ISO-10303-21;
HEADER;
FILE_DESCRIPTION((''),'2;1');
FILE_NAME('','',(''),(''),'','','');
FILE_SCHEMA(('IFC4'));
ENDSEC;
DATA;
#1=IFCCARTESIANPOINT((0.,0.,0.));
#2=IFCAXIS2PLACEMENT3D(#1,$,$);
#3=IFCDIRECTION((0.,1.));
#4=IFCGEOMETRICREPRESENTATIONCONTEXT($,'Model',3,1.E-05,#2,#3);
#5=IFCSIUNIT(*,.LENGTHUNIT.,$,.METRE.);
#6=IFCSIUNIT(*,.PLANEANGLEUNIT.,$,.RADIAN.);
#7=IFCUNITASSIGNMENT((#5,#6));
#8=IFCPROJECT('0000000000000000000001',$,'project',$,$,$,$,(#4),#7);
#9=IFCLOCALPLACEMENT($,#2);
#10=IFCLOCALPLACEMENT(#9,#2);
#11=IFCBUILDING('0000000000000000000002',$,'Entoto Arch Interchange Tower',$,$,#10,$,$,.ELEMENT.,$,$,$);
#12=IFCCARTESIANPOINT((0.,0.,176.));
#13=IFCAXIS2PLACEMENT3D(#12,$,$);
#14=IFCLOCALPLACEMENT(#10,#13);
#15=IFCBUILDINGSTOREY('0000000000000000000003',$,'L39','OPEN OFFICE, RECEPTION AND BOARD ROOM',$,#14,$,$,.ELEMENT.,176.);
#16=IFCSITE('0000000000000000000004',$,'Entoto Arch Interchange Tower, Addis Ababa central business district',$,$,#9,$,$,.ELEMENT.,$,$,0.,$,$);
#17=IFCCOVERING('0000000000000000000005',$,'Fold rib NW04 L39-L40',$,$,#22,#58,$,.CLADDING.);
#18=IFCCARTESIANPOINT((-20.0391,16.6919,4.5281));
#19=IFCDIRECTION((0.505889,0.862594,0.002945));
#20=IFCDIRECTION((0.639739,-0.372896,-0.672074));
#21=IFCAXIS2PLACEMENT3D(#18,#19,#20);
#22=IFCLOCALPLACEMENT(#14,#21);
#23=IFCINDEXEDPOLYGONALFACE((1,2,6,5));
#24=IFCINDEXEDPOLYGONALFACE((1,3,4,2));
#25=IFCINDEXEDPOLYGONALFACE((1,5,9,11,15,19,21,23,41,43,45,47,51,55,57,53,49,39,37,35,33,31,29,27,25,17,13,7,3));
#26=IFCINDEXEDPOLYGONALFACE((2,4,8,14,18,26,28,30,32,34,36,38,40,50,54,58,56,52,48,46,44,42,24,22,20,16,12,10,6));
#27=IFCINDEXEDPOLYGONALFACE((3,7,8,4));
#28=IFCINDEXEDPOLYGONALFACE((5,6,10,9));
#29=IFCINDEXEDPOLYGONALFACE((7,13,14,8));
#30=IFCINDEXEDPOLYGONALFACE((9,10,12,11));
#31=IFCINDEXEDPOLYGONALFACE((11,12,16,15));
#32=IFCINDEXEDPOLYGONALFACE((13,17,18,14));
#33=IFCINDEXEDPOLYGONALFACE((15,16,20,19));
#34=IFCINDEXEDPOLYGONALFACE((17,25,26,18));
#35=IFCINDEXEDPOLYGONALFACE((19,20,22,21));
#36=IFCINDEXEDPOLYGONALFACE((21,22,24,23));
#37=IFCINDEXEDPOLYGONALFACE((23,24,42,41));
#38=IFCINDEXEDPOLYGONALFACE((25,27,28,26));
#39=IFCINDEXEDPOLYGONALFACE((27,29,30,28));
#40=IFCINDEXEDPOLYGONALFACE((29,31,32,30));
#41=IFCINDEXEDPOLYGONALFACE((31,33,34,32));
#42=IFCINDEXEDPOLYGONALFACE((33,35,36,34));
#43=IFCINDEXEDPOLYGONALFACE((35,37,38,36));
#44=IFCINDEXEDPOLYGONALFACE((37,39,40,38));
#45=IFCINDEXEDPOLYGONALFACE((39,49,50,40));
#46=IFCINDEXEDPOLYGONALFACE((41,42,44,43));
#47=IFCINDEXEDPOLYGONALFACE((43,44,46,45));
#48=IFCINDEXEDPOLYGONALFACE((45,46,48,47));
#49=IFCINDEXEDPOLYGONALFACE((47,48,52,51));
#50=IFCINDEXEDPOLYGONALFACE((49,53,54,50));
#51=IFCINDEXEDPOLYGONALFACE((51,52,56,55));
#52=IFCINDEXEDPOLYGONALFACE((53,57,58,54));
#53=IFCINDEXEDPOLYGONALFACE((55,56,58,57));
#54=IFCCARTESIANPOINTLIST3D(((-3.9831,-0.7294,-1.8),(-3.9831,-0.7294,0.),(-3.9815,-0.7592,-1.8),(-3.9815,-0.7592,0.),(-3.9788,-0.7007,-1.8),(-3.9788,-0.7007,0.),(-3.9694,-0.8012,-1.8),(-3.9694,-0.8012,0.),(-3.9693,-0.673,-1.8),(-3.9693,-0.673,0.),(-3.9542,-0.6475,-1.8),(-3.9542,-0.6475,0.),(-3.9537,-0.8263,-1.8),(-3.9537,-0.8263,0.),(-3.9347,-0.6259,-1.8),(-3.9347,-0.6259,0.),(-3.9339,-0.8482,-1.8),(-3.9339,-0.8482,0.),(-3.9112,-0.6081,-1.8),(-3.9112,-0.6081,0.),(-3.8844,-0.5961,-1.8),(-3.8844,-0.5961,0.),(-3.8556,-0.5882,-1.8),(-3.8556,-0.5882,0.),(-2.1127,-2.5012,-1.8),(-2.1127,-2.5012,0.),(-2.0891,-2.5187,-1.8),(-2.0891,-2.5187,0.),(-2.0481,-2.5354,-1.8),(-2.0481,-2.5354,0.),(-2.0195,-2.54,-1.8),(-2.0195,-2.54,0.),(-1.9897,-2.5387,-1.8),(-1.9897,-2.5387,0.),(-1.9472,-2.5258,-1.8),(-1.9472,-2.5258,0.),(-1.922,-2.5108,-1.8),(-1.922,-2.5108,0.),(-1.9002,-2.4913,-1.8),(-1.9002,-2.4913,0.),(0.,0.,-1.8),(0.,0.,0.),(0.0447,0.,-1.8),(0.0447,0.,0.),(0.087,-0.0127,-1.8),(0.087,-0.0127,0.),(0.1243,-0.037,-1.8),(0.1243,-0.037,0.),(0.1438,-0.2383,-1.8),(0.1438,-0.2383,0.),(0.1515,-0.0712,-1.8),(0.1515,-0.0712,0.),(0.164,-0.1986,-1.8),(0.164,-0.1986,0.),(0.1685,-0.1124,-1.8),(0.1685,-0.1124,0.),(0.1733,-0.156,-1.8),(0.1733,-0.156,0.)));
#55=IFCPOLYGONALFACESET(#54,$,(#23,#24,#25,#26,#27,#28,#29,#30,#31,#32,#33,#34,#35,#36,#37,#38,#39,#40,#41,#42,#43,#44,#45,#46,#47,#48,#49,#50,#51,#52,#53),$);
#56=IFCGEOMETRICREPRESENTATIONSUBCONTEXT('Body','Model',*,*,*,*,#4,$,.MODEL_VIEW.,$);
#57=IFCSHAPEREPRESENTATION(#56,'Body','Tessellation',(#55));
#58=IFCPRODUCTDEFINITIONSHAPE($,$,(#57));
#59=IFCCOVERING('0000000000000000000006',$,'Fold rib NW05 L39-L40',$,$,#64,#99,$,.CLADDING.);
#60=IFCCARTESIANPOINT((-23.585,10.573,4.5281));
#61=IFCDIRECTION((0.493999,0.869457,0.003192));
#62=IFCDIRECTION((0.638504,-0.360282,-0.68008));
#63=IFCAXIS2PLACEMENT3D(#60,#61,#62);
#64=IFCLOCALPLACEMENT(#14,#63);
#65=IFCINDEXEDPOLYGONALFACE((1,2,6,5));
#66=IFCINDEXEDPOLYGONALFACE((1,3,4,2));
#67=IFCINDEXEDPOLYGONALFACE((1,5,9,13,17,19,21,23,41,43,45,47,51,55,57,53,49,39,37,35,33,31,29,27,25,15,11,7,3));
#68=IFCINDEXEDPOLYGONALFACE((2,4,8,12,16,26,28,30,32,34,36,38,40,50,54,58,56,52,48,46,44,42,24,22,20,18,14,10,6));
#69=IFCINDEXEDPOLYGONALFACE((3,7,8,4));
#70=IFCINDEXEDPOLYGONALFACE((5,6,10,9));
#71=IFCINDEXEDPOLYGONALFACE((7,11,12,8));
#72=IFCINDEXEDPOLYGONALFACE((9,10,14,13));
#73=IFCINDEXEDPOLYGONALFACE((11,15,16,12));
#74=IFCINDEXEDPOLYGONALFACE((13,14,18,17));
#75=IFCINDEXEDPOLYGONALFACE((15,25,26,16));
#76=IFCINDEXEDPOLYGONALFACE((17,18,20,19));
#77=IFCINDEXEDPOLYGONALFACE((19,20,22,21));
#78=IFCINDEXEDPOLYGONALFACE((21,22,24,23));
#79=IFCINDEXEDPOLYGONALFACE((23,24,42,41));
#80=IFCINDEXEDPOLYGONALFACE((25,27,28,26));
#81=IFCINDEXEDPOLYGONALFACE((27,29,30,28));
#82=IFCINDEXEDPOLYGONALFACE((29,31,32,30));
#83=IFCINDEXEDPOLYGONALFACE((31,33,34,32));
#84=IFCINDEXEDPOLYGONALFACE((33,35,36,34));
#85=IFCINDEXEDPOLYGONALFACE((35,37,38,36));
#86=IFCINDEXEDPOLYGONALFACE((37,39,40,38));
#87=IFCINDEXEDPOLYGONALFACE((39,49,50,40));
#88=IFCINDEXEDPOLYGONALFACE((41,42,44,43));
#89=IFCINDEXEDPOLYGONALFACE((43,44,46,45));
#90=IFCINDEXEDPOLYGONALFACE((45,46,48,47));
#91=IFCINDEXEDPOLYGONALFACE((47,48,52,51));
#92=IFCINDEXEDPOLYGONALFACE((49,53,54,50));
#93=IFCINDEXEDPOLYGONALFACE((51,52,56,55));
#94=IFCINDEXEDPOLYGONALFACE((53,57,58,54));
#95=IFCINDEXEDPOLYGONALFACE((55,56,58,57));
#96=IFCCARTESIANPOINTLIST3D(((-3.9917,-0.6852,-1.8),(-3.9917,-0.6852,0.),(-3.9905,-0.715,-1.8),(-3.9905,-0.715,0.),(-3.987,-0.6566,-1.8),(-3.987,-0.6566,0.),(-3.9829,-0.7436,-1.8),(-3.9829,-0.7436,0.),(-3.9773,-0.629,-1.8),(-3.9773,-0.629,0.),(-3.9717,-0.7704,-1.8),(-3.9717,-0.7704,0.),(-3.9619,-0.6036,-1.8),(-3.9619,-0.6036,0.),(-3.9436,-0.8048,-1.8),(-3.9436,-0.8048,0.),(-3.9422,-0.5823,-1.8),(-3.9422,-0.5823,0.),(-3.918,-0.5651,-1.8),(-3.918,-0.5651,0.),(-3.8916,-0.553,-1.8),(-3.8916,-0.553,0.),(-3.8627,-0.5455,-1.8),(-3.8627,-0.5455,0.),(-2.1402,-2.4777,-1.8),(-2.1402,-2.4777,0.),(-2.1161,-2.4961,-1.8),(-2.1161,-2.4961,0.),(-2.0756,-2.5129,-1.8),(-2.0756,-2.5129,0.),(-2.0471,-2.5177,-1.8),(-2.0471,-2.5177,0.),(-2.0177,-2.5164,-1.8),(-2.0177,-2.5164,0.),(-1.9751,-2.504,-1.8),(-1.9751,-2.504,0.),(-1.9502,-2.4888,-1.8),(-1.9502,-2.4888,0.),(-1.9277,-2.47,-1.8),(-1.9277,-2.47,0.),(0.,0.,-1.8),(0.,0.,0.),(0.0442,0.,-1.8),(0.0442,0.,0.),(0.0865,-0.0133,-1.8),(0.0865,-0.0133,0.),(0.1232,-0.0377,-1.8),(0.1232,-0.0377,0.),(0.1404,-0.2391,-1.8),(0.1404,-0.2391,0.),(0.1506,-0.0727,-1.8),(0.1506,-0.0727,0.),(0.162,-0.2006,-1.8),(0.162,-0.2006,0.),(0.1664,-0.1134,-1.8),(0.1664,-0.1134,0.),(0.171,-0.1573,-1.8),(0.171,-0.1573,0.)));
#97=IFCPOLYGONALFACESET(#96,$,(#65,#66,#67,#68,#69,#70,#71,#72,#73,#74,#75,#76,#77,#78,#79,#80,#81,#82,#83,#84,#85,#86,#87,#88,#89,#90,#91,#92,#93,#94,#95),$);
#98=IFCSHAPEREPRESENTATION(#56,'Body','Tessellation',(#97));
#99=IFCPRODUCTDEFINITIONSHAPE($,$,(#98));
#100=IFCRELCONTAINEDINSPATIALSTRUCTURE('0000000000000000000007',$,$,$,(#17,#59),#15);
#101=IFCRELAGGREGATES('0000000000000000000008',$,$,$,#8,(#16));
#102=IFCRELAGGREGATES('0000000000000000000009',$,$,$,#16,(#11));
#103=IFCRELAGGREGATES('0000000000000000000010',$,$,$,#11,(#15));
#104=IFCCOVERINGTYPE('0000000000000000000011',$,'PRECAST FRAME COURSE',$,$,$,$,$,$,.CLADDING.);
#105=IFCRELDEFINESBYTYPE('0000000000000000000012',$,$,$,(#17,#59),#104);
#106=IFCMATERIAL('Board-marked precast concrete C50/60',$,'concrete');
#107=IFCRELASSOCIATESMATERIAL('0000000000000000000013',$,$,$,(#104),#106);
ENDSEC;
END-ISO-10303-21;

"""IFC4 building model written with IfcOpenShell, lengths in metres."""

from ifc_helpers import new_model, si_unit, direction, frame, origin, place, context, subcontext, project, spatial, polyline, outline, extrude, material, type_object, element, save


model = new_model("IFC4")

# Units and contexts
model_context = context("Model", 3, precision=1e-05, world=origin(), true_north=direction((0.0, 1.0)))
body_context = subcontext(model_context, "Body", "Model", "MODEL_VIEW")
ifc_project = project(units=[si_unit("LENGTHUNIT", "METRE"), si_unit("PLANEANGLEUNIT", "RADIAN")], contexts=[model_context])

# Site, building, storey
site_placement = place(None, origin())
site = spatial("IfcSite", under=ifc_project, at=site_placement, Name="Entoto Arch Interchange Tower, Addis Ababa central business district", CompositionType="ELEMENT", RefElevation=0.0)
building_placement = place(site_placement, origin())
building = spatial("IfcBuilding", under=site, at=building_placement, Name="Entoto Arch Interchange Tower", CompositionType="ELEMENT")
storey_placement = place(building_placement, frame((0.0, 0.0, 176.0)))
storey = spatial("IfcBuildingStorey", under=building, at=storey_placement, Name="L39", Description="OPEN OFFICE, RECEPTION AND BOARD ROOM", CompositionType="ELEMENT", Elevation=176.0)

# Coverings
ifc_material_1 = material(Name="Board-marked precast concrete C50/60", Category="concrete")
covering_type = type_object("IfcCoveringType", Name="PRECAST FRAME COURSE", PredefinedType="CLADDING", material=ifc_material_1)
covering_1_placement = place(storey_placement, frame((-20.0391, 16.6919, 4.5281), z_axis=(0.505889, 0.862594, 0.002945), x_axis=(0.639739, -0.372896, -0.672074)))
element("IfcCovering", 1, at=covering_1_placement, inside=storey, type_object=covering_type, Name="Fold rib NW04 L39-L40", PredefinedType="CLADDING", context=body_context, shape_type="SweptSolid", body=[
    extrude(outline(polyline([(0.0, 0.0), (0.0447, 0.0), (0.087, -0.0127), (0.1243, -0.037), (0.1515, -0.0712), (0.1685, -0.1124), (0.1733, -0.156), (0.164, -0.1986), (0.1438, -0.2383), (-1.9002, -2.4913), (-1.922, -2.5108), (-1.9472, -2.5258), (-1.9897, -2.5387), (-2.0195, -2.54), (-2.0481, -2.5354), (-2.0891, -2.5187), (-2.1127, -2.5012), (-3.9339, -0.8482), (-3.9537, -0.8263), (-3.9694, -0.8012), (-3.9815, -0.7592), (-3.9831, -0.7294), (-3.9788, -0.7007), (-3.9693, -0.673), (-3.9542, -0.6475), (-3.9347, -0.6259), (-3.9112, -0.6081), (-3.8844, -0.5961), (-3.8556, -0.5882), (0.0, 0.0)])), origin(), (0.0, 0.0, -1.0), 1.8),
])
covering_2_placement = place(storey_placement, frame((-23.585, 10.573, 4.5281), z_axis=(0.493999, 0.869457, 0.003192), x_axis=(0.638504, -0.360282, -0.68008)))
element("IfcCovering", 2, at=covering_2_placement, inside=storey, type_object=covering_type, Name="Fold rib NW05 L39-L40", PredefinedType="CLADDING", context=body_context, shape_type="SweptSolid", body=[
    extrude(outline(polyline([(0.0, 0.0), (0.0442, 0.0), (0.0865, -0.0133), (0.1232, -0.0377), (0.1506, -0.0727), (0.1664, -0.1134), (0.171, -0.1573), (0.162, -0.2006), (0.1404, -0.2391), (-1.9277, -2.47), (-1.9502, -2.4888), (-1.9751, -2.504), (-2.0177, -2.5164), (-2.0471, -2.5177), (-2.0756, -2.5129), (-2.1161, -2.4961), (-2.1402, -2.4777), (-3.9436, -0.8048), (-3.9717, -0.7704), (-3.9829, -0.7436), (-3.9905, -0.715), (-3.9917, -0.6852), (-3.987, -0.6566), (-3.9773, -0.629), (-3.9619, -0.6036), (-3.9422, -0.5823), (-3.918, -0.5651), (-3.8916, -0.553), (-3.8627, -0.5455), (0.0, 0.0)])), origin(), (0.0, 0.0, -1.0), 1.8),
])

save(model, "model.ifc")
